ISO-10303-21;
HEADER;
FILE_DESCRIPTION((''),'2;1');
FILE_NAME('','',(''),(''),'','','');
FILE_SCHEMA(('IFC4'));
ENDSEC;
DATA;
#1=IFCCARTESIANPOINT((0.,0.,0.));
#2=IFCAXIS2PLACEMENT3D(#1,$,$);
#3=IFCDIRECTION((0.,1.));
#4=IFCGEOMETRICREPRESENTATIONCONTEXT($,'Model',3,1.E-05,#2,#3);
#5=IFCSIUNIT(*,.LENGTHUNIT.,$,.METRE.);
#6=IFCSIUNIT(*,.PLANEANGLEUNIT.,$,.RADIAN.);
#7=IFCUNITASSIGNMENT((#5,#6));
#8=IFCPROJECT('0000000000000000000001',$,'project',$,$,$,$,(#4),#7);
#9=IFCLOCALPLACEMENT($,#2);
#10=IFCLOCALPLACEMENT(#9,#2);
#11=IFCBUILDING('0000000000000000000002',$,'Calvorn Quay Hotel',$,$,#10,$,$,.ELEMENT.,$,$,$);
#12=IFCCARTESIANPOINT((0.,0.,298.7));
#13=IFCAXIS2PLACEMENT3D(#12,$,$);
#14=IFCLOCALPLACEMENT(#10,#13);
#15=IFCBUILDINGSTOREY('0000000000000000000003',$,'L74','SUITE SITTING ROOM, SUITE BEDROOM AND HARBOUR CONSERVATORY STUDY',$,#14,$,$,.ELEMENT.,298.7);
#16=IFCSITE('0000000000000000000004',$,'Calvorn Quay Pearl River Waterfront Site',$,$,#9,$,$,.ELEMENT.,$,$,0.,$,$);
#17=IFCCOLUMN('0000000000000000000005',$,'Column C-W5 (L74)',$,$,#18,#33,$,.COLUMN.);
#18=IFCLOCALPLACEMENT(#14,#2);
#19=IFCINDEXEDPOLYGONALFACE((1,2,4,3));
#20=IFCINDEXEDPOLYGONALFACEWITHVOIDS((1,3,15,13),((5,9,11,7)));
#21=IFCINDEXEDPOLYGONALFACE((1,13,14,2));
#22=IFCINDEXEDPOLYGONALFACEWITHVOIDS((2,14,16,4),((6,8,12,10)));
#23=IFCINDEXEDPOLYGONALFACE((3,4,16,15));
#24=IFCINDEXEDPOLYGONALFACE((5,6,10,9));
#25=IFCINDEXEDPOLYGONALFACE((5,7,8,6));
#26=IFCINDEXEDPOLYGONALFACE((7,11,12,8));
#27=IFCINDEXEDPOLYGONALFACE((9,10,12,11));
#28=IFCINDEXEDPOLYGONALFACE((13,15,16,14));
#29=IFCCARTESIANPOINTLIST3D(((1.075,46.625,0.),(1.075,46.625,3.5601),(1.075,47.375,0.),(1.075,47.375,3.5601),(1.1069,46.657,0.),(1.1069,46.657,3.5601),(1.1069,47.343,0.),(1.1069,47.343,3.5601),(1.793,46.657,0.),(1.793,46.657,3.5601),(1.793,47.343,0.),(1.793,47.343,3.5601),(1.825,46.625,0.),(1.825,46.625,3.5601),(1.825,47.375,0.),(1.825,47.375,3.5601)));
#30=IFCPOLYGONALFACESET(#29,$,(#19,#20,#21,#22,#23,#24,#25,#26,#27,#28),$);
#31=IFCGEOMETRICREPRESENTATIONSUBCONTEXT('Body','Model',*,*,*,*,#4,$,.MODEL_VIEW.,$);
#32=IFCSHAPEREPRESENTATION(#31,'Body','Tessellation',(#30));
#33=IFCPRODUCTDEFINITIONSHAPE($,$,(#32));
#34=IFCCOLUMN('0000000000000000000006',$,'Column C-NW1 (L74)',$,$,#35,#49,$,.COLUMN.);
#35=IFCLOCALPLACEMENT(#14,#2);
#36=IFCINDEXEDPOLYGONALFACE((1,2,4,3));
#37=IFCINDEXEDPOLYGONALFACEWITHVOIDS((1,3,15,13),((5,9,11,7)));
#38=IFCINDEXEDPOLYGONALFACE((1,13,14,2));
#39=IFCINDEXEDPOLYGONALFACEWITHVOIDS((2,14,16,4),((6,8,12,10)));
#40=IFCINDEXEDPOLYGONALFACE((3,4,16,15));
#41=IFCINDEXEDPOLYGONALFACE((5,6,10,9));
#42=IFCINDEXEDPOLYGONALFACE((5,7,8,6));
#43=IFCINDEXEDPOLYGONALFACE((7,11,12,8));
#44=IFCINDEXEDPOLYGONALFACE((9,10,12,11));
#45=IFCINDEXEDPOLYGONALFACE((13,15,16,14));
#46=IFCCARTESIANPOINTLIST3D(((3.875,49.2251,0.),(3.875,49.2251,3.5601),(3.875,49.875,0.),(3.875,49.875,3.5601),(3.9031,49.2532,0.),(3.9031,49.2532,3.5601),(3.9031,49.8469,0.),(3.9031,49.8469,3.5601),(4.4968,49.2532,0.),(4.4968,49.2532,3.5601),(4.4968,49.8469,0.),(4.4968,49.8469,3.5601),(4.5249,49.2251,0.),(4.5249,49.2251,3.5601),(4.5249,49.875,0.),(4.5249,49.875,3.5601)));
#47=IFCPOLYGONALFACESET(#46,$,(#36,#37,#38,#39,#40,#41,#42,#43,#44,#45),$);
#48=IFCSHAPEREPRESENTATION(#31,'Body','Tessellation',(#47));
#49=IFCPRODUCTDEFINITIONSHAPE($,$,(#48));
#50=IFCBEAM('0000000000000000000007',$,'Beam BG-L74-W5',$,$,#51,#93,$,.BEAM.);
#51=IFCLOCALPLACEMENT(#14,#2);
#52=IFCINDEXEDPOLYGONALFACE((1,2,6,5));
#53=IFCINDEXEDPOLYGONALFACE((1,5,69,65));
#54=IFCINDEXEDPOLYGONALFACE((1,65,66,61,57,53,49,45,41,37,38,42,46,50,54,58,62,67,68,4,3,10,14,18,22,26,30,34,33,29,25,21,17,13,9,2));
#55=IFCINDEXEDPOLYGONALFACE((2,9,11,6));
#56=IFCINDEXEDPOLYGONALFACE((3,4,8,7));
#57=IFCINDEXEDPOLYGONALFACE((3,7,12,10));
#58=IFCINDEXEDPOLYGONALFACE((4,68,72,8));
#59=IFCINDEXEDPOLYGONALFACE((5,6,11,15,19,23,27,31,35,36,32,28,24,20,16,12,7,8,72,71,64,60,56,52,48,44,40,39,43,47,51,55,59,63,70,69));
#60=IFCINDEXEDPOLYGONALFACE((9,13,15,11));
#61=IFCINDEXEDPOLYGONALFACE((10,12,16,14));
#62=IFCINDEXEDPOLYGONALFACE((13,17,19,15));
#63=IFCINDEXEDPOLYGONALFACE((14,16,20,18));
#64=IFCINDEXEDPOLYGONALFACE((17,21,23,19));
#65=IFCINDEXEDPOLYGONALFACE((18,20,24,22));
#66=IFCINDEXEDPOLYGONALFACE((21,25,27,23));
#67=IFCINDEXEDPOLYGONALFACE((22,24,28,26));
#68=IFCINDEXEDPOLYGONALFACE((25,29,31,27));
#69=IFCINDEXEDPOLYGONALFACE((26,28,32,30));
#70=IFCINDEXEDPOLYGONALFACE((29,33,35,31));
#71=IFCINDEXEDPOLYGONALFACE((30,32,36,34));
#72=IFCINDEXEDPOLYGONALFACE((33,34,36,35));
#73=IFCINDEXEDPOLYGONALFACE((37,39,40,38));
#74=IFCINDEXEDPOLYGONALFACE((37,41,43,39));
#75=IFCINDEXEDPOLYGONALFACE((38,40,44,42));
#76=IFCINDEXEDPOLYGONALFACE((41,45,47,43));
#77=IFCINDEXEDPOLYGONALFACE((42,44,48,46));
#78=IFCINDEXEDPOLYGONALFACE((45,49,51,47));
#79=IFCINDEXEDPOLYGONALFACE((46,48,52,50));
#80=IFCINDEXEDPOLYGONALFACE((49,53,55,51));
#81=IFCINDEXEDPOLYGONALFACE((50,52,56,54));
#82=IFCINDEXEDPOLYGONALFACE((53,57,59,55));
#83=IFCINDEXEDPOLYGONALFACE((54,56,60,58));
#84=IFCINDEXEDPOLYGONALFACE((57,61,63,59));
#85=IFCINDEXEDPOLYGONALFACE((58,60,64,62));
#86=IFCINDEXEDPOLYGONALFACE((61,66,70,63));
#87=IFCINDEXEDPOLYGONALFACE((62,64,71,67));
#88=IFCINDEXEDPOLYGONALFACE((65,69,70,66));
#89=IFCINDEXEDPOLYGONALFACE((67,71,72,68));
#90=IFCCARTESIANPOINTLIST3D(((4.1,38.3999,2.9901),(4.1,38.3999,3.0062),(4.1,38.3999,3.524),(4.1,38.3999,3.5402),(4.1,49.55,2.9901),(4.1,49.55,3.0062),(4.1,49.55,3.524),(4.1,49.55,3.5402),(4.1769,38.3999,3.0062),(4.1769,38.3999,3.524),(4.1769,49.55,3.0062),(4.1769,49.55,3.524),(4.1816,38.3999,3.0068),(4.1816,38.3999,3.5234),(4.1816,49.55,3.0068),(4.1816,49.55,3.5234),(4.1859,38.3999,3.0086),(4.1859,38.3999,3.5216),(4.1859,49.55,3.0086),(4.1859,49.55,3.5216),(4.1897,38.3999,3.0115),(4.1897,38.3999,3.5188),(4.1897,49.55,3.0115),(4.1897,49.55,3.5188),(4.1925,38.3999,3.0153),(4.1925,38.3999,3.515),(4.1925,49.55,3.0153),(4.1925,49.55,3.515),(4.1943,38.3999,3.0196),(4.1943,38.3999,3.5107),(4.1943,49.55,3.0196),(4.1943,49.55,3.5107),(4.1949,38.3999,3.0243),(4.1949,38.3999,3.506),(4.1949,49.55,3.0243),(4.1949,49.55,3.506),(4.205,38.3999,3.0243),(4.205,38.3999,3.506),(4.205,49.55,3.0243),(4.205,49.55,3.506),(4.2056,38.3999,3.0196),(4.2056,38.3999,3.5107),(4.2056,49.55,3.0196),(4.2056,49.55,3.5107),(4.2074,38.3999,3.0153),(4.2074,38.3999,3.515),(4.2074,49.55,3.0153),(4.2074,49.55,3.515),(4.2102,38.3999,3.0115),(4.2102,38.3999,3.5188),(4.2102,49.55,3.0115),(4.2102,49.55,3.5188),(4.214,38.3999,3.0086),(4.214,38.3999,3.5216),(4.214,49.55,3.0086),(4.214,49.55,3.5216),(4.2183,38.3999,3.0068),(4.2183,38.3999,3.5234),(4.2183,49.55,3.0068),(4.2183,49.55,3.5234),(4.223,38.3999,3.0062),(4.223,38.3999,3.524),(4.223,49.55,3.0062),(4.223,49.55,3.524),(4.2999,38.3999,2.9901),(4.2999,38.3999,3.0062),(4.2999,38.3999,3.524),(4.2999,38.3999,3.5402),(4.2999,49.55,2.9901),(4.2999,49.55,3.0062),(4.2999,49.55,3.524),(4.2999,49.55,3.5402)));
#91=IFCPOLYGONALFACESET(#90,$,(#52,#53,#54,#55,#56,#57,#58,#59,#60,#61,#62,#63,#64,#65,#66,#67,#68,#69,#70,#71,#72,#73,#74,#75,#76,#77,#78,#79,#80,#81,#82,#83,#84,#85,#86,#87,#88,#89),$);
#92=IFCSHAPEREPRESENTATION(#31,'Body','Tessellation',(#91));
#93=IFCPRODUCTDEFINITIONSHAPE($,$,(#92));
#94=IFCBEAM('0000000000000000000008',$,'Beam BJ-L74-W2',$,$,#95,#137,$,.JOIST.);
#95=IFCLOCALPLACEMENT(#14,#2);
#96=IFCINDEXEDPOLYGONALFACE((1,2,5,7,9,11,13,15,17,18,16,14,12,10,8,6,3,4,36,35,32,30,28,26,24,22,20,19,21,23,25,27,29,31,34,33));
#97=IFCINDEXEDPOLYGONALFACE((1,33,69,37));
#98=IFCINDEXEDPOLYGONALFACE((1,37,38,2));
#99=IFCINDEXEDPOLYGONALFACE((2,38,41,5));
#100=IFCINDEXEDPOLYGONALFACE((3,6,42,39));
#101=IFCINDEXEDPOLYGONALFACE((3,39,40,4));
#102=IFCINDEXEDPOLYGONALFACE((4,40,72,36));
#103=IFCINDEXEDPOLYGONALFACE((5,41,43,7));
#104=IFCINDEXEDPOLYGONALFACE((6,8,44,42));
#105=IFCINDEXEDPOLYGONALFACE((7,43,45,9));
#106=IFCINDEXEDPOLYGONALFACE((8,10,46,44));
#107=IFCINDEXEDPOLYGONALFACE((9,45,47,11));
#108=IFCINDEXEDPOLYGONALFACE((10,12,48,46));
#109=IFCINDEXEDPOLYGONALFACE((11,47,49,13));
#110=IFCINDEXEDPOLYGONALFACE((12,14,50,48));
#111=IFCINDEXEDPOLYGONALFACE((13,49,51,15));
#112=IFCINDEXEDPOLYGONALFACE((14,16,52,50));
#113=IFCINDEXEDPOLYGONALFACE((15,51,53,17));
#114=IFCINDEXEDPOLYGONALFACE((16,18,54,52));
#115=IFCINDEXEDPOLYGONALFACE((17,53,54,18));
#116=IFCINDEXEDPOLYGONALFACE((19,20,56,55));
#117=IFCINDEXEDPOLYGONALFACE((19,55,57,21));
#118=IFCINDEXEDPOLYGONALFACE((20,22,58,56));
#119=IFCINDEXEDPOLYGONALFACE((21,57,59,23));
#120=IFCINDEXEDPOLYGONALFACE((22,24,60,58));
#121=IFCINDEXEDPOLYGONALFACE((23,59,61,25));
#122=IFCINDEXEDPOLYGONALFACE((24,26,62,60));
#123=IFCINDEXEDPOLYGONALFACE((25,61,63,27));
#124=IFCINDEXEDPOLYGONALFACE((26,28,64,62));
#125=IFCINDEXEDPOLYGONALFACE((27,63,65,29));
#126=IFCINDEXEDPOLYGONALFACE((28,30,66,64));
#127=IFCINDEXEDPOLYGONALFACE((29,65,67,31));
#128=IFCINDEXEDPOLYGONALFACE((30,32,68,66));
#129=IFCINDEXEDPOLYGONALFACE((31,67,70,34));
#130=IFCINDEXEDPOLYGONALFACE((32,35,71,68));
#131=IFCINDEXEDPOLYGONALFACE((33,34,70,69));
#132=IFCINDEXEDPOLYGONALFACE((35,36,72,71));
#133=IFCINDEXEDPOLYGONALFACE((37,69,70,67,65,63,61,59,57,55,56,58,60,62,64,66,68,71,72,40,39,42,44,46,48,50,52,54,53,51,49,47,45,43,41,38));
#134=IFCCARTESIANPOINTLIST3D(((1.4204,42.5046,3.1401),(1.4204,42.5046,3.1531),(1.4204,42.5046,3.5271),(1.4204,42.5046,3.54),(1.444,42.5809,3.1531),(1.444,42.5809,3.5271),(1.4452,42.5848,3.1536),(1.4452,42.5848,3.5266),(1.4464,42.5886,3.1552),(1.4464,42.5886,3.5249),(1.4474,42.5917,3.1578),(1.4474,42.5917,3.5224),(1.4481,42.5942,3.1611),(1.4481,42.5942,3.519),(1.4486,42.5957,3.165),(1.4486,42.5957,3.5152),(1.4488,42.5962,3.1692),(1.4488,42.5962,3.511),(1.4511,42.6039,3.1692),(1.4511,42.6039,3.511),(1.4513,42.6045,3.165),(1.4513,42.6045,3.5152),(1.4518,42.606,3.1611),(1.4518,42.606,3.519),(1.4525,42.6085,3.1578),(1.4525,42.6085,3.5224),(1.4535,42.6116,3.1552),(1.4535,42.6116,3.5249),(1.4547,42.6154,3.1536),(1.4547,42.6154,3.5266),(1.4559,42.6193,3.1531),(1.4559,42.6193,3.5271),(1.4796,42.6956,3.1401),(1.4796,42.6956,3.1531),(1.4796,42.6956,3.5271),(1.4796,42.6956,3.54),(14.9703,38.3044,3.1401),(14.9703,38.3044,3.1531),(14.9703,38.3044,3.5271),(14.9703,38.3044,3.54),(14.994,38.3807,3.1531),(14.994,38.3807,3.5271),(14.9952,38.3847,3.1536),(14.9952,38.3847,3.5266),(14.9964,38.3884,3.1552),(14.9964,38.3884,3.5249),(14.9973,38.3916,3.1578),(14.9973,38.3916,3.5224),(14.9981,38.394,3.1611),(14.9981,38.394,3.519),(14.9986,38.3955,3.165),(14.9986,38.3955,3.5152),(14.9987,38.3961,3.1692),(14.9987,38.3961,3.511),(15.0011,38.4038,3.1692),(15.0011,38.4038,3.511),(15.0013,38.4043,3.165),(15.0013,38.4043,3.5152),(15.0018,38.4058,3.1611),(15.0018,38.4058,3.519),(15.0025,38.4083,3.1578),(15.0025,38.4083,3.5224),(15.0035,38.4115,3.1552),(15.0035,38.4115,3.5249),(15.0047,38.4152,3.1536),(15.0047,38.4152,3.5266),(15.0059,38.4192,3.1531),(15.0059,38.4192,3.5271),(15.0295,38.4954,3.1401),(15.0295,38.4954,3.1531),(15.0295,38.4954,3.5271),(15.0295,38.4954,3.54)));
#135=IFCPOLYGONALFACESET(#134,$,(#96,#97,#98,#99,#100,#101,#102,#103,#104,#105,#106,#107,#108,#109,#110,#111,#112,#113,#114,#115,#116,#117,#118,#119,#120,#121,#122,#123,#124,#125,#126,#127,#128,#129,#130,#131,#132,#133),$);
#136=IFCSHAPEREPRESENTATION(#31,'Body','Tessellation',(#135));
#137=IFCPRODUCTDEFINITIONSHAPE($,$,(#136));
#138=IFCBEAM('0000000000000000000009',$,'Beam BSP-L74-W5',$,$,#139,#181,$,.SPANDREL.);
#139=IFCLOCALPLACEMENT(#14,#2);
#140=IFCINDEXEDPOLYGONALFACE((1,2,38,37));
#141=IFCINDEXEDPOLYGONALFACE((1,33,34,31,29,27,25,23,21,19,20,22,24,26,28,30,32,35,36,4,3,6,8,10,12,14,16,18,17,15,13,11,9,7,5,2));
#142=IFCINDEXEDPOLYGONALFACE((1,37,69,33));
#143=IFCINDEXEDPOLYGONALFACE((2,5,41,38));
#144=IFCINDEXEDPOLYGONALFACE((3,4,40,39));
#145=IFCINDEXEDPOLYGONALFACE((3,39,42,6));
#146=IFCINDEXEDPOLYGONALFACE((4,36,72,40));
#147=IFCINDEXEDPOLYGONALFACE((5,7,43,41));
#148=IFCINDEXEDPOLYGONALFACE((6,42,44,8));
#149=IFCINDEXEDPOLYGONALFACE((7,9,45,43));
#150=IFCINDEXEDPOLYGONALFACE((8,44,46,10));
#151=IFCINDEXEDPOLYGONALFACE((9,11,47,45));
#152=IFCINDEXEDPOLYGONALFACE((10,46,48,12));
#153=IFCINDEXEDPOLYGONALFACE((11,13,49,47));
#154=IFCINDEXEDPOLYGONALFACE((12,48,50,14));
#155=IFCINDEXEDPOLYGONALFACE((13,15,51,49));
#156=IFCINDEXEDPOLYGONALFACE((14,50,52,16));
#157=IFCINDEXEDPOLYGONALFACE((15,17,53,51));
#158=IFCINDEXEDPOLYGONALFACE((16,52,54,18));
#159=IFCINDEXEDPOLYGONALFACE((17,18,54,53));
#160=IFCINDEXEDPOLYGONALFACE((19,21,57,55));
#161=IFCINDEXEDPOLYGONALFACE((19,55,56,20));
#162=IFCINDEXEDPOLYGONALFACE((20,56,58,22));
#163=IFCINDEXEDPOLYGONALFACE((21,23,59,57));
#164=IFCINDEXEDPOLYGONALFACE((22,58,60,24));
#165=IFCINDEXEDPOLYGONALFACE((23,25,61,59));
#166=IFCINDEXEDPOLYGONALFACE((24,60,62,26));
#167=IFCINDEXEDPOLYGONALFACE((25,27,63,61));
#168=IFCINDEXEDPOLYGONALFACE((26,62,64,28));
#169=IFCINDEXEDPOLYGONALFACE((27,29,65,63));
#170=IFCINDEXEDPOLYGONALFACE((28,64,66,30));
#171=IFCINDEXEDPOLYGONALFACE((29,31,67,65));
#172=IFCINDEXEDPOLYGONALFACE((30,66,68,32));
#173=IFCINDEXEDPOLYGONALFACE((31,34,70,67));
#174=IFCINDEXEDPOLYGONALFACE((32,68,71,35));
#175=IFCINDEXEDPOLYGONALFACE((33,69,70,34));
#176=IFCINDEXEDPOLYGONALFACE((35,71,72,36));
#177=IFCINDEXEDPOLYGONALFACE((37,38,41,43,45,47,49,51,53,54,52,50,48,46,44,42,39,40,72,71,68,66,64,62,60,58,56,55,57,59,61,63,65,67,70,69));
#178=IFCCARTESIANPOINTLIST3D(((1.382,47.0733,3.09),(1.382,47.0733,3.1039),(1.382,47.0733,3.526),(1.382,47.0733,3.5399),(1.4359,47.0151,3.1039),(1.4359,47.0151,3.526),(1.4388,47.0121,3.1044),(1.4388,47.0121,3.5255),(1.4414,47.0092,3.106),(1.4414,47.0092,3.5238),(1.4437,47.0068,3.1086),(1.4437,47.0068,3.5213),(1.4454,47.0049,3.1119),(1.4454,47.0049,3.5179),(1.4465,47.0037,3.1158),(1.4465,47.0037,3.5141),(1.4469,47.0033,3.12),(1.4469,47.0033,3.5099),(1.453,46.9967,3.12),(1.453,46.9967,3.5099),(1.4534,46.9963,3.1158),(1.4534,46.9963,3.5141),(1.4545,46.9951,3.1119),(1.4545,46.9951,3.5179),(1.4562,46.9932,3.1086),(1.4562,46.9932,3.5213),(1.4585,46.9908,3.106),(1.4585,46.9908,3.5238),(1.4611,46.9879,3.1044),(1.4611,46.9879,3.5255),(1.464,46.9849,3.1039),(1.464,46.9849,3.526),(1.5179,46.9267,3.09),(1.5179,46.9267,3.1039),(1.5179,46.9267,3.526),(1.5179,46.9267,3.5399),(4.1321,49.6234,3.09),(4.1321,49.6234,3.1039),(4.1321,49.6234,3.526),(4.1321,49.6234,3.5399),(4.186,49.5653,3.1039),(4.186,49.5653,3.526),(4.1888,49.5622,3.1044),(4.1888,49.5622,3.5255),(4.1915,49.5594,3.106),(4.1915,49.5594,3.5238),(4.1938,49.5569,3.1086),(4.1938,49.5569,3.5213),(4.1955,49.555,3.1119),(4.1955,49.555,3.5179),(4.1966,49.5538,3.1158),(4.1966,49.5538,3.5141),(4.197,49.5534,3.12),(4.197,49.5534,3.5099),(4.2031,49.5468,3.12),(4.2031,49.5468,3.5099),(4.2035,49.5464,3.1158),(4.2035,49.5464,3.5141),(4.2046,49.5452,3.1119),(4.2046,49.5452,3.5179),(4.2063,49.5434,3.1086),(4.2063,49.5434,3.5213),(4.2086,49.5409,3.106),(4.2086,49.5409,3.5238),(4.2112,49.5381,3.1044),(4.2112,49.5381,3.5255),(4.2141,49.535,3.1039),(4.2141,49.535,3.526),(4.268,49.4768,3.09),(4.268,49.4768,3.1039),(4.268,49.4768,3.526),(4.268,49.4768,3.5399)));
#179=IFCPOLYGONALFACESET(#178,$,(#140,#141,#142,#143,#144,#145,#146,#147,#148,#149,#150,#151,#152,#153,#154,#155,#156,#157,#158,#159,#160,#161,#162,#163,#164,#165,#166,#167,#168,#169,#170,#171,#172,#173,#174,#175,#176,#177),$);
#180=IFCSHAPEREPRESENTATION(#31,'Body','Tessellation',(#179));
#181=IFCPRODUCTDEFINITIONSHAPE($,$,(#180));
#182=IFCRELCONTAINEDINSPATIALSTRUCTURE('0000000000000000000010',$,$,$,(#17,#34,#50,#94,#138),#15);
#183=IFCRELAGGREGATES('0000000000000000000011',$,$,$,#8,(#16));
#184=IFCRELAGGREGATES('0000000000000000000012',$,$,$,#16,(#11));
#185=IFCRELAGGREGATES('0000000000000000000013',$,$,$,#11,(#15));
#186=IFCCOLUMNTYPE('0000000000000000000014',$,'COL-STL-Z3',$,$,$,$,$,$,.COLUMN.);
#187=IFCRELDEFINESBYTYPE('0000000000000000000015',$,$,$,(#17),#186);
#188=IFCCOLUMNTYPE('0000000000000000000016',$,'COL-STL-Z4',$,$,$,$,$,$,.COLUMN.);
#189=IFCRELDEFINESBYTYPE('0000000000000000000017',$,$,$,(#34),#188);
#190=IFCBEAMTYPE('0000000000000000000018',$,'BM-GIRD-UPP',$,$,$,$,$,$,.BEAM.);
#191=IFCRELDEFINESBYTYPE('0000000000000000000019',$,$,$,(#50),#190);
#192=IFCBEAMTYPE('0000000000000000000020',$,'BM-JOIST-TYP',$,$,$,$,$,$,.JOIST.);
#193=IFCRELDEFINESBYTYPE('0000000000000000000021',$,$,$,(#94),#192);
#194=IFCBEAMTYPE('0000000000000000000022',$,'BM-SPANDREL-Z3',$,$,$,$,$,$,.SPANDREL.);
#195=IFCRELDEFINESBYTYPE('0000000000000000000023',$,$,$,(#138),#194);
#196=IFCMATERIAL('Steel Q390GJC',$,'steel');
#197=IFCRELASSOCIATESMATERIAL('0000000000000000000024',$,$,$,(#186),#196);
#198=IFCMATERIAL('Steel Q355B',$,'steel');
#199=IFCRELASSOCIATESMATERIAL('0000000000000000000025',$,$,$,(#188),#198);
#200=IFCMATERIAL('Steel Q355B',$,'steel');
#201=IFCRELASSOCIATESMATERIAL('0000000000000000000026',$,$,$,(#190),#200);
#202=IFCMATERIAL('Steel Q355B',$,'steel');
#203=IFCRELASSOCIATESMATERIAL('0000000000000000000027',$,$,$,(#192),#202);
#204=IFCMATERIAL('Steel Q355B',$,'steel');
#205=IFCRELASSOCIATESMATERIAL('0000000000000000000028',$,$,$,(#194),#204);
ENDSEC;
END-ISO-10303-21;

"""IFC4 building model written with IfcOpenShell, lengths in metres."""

from ifc_helpers import new_model, si_unit, direction, frame, origin, origin_2d, place, context, subcontext, project, spatial, hollow_rectangle, i_section, extrude, material, material_profile, profile_set, type_object, element, save


model = new_model("IFC4")

# Units and contexts
model_context = context("Model", 3, precision=1e-05, world=origin(), true_north=direction((0.0, 1.0)))
body_context = subcontext(model_context, "Body", "Model", "MODEL_VIEW")
ifc_project = project(units=[si_unit("LENGTHUNIT", "METRE"), si_unit("PLANEANGLEUNIT", "RADIAN")], contexts=[model_context])

# Site, building, storey
site_placement = place(None, origin())
site = spatial("IfcSite", under=ifc_project, at=site_placement, Name="Calvorn Quay Pearl River Waterfront Site", CompositionType="ELEMENT", RefElevation=0.0)
building_placement = place(site_placement, origin())
building = spatial("IfcBuilding", under=site, at=building_placement, Name="Calvorn Quay Hotel", CompositionType="ELEMENT")
storey_placement = place(building_placement, frame((0.0, 0.0, 298.7)))
storey = spatial("IfcBuildingStorey", under=building, at=storey_placement, Name="L74", Description="SUITE SITTING ROOM, SUITE BEDROOM AND HARBOUR CONSERVATORY STUDY", CompositionType="ELEMENT", Elevation=298.7)

# Columns
ifc_material_1 = material(Name="Steel Q390GJC", Category="steel")
ifc_material_profile_1 = material_profile(ifc_material_1, hollow_rectangle(XDim=0.75, YDim=0.75, WallThickness=0.032, at=origin_2d()), Name="BOX750x750x32")
ifc_profile_set_1 = profile_set([ifc_material_profile_1], Name="Steel Q390GJC")
column_type_1 = type_object("IfcColumnType", Name="COL-STL-Z3", PredefinedType="COLUMN", material=ifc_profile_set_1)
column_1_placement = place(storey_placement, frame((1.45, 47.0, 0.0), z_axis=(0.0, 0.0, 1.0), x_axis=(1.0, 0.0, 0.0)))
element("IfcColumn", 1, at=column_1_placement, inside=storey, type_object=column_type_1, Name="Column C-W5 (L74)", PredefinedType="COLUMN", context=body_context, shape_type="SweptSolid", body=[
    extrude(hollow_rectangle(XDim=0.75, YDim=0.75, WallThickness=0.032, at=origin_2d()), origin(), (0.0, 0.0, 1.0), 3.5601),
])
ifc_material_2 = material(Name="Steel Q355B", Category="steel")
ifc_material_profile_2 = material_profile(ifc_material_2, hollow_rectangle(XDim=0.6499, YDim=0.6499, WallThickness=0.0281, at=origin_2d()), Name="BOX650x650x28")
ifc_profile_set_2 = profile_set([ifc_material_profile_2], Name="Steel Q355B")
column_type_2 = type_object("IfcColumnType", Name="COL-STL-Z4", PredefinedType="COLUMN", material=ifc_profile_set_2)
column_2_placement = place(storey_placement, frame((4.2, 49.55, 0.0), z_axis=(0.0, 0.0, 1.0), x_axis=(1.0, 0.0, 0.0)))
element("IfcColumn", 2, at=column_2_placement, inside=storey, type_object=column_type_2, Name="Column C-NW1 (L74)", PredefinedType="COLUMN", context=body_context, shape_type="SweptSolid", body=[
    extrude(hollow_rectangle(XDim=0.6499, YDim=0.6499, WallThickness=0.0281, at=origin_2d()), origin(), (0.0, 0.0, 1.0), 3.5601),
])

# Beams
ifc_material_3 = material(Name="Steel Q355B", Category="steel")
ifc_material_profile_3 = material_profile(ifc_material_3, i_section(OverallWidth=0.2, OverallDepth=0.55, WebThickness=0.01, FlangeThickness=0.0161, FilletRadius=0.0181, at=origin_2d()), Name="HN550x200x10x16")
ifc_profile_set_3 = profile_set([ifc_material_profile_3], Name="Steel Q355B")
beam_type_1 = type_object("IfcBeamType", Name="BM-GIRD-UPP", PredefinedType="BEAM", material=ifc_profile_set_3)
beam_1_placement = place(storey_placement, frame((4.2, 49.55, 3.2651), z_axis=(0.0, -1.0, 0.0), x_axis=(1.0, 0.0, 0.0)))
element("IfcBeam", 3, at=beam_1_placement, inside=storey, type_object=beam_type_1, Name="Beam BG-L74-W5", PredefinedType="BEAM", context=body_context, shape_type="SweptSolid", body=[
    extrude(i_section(OverallWidth=0.2, OverallDepth=0.55, WebThickness=0.01, FlangeThickness=0.0161, FilletRadius=0.0181, at=origin_2d()), origin(), (0.0, 0.0, 1.0), 11.1501),
])
ifc_material_4 = material(Name="Steel Q355B", Category="steel")
ifc_material_profile_4 = material_profile(ifc_material_4, i_section(OverallWidth=0.2, OverallDepth=0.3999, WebThickness=0.0081, FlangeThickness=0.0129, FilletRadius=0.0161, at=origin_2d()), Name="HN400x200x8x13")
ifc_profile_set_4 = profile_set([ifc_material_profile_4], Name="Steel Q355B")
beam_type_2 = type_object("IfcBeamType", Name="BM-JOIST-TYP", PredefinedType="JOIST", material=ifc_profile_set_4)
beam_2_placement = place(storey_placement, frame((1.45, 42.6001, 3.3401), z_axis=(0.955164, -0.296078, 0.0), x_axis=(0.296078, 0.955164, 0.0)))
element("IfcBeam", 4, at=beam_2_placement, inside=storey, type_object=beam_type_2, Name="Beam BJ-L74-W2", PredefinedType="JOIST", context=body_context, shape_type="SweptSolid", body=[
    extrude(i_section(OverallWidth=0.2, OverallDepth=0.3999, WebThickness=0.0081, FlangeThickness=0.0129, FilletRadius=0.0161, at=origin_2d()), origin(), (0.0, 0.0, 1.0), 14.186),
])
ifc_material_5 = material(Name="Steel Q355B", Category="steel")
ifc_material_profile_5 = material_profile(ifc_material_5, i_section(OverallWidth=0.2, OverallDepth=0.45, WebThickness=0.009, FlangeThickness=0.0139, FilletRadius=0.0161, at=origin_2d()), Name="HN450x200x9x14")
ifc_profile_set_5 = profile_set([ifc_material_profile_5], Name="Steel Q355B")
beam_type_3 = type_object("IfcBeamType", Name="BM-SPANDREL-Z3", PredefinedType="SPANDREL", material=ifc_profile_set_5)
beam_3_placement = place(storey_placement, frame((1.45, 47.0, 3.3149), z_axis=(0.733262, 0.679947, 0.0), x_axis=(-0.679947, 0.733262, 0.0)))
element("IfcBeam", 5, at=beam_3_placement, inside=storey, type_object=beam_type_3, Name="Beam BSP-L74-W5", PredefinedType="SPANDREL", context=body_context, shape_type="SweptSolid", body=[
    extrude(i_section(OverallWidth=0.2, OverallDepth=0.45, WebThickness=0.009, FlangeThickness=0.0139, FilletRadius=0.0161, at=origin_2d()), origin(), (0.0, 0.0, 1.0), 3.7505),
])

save(model, "model.ifc")
